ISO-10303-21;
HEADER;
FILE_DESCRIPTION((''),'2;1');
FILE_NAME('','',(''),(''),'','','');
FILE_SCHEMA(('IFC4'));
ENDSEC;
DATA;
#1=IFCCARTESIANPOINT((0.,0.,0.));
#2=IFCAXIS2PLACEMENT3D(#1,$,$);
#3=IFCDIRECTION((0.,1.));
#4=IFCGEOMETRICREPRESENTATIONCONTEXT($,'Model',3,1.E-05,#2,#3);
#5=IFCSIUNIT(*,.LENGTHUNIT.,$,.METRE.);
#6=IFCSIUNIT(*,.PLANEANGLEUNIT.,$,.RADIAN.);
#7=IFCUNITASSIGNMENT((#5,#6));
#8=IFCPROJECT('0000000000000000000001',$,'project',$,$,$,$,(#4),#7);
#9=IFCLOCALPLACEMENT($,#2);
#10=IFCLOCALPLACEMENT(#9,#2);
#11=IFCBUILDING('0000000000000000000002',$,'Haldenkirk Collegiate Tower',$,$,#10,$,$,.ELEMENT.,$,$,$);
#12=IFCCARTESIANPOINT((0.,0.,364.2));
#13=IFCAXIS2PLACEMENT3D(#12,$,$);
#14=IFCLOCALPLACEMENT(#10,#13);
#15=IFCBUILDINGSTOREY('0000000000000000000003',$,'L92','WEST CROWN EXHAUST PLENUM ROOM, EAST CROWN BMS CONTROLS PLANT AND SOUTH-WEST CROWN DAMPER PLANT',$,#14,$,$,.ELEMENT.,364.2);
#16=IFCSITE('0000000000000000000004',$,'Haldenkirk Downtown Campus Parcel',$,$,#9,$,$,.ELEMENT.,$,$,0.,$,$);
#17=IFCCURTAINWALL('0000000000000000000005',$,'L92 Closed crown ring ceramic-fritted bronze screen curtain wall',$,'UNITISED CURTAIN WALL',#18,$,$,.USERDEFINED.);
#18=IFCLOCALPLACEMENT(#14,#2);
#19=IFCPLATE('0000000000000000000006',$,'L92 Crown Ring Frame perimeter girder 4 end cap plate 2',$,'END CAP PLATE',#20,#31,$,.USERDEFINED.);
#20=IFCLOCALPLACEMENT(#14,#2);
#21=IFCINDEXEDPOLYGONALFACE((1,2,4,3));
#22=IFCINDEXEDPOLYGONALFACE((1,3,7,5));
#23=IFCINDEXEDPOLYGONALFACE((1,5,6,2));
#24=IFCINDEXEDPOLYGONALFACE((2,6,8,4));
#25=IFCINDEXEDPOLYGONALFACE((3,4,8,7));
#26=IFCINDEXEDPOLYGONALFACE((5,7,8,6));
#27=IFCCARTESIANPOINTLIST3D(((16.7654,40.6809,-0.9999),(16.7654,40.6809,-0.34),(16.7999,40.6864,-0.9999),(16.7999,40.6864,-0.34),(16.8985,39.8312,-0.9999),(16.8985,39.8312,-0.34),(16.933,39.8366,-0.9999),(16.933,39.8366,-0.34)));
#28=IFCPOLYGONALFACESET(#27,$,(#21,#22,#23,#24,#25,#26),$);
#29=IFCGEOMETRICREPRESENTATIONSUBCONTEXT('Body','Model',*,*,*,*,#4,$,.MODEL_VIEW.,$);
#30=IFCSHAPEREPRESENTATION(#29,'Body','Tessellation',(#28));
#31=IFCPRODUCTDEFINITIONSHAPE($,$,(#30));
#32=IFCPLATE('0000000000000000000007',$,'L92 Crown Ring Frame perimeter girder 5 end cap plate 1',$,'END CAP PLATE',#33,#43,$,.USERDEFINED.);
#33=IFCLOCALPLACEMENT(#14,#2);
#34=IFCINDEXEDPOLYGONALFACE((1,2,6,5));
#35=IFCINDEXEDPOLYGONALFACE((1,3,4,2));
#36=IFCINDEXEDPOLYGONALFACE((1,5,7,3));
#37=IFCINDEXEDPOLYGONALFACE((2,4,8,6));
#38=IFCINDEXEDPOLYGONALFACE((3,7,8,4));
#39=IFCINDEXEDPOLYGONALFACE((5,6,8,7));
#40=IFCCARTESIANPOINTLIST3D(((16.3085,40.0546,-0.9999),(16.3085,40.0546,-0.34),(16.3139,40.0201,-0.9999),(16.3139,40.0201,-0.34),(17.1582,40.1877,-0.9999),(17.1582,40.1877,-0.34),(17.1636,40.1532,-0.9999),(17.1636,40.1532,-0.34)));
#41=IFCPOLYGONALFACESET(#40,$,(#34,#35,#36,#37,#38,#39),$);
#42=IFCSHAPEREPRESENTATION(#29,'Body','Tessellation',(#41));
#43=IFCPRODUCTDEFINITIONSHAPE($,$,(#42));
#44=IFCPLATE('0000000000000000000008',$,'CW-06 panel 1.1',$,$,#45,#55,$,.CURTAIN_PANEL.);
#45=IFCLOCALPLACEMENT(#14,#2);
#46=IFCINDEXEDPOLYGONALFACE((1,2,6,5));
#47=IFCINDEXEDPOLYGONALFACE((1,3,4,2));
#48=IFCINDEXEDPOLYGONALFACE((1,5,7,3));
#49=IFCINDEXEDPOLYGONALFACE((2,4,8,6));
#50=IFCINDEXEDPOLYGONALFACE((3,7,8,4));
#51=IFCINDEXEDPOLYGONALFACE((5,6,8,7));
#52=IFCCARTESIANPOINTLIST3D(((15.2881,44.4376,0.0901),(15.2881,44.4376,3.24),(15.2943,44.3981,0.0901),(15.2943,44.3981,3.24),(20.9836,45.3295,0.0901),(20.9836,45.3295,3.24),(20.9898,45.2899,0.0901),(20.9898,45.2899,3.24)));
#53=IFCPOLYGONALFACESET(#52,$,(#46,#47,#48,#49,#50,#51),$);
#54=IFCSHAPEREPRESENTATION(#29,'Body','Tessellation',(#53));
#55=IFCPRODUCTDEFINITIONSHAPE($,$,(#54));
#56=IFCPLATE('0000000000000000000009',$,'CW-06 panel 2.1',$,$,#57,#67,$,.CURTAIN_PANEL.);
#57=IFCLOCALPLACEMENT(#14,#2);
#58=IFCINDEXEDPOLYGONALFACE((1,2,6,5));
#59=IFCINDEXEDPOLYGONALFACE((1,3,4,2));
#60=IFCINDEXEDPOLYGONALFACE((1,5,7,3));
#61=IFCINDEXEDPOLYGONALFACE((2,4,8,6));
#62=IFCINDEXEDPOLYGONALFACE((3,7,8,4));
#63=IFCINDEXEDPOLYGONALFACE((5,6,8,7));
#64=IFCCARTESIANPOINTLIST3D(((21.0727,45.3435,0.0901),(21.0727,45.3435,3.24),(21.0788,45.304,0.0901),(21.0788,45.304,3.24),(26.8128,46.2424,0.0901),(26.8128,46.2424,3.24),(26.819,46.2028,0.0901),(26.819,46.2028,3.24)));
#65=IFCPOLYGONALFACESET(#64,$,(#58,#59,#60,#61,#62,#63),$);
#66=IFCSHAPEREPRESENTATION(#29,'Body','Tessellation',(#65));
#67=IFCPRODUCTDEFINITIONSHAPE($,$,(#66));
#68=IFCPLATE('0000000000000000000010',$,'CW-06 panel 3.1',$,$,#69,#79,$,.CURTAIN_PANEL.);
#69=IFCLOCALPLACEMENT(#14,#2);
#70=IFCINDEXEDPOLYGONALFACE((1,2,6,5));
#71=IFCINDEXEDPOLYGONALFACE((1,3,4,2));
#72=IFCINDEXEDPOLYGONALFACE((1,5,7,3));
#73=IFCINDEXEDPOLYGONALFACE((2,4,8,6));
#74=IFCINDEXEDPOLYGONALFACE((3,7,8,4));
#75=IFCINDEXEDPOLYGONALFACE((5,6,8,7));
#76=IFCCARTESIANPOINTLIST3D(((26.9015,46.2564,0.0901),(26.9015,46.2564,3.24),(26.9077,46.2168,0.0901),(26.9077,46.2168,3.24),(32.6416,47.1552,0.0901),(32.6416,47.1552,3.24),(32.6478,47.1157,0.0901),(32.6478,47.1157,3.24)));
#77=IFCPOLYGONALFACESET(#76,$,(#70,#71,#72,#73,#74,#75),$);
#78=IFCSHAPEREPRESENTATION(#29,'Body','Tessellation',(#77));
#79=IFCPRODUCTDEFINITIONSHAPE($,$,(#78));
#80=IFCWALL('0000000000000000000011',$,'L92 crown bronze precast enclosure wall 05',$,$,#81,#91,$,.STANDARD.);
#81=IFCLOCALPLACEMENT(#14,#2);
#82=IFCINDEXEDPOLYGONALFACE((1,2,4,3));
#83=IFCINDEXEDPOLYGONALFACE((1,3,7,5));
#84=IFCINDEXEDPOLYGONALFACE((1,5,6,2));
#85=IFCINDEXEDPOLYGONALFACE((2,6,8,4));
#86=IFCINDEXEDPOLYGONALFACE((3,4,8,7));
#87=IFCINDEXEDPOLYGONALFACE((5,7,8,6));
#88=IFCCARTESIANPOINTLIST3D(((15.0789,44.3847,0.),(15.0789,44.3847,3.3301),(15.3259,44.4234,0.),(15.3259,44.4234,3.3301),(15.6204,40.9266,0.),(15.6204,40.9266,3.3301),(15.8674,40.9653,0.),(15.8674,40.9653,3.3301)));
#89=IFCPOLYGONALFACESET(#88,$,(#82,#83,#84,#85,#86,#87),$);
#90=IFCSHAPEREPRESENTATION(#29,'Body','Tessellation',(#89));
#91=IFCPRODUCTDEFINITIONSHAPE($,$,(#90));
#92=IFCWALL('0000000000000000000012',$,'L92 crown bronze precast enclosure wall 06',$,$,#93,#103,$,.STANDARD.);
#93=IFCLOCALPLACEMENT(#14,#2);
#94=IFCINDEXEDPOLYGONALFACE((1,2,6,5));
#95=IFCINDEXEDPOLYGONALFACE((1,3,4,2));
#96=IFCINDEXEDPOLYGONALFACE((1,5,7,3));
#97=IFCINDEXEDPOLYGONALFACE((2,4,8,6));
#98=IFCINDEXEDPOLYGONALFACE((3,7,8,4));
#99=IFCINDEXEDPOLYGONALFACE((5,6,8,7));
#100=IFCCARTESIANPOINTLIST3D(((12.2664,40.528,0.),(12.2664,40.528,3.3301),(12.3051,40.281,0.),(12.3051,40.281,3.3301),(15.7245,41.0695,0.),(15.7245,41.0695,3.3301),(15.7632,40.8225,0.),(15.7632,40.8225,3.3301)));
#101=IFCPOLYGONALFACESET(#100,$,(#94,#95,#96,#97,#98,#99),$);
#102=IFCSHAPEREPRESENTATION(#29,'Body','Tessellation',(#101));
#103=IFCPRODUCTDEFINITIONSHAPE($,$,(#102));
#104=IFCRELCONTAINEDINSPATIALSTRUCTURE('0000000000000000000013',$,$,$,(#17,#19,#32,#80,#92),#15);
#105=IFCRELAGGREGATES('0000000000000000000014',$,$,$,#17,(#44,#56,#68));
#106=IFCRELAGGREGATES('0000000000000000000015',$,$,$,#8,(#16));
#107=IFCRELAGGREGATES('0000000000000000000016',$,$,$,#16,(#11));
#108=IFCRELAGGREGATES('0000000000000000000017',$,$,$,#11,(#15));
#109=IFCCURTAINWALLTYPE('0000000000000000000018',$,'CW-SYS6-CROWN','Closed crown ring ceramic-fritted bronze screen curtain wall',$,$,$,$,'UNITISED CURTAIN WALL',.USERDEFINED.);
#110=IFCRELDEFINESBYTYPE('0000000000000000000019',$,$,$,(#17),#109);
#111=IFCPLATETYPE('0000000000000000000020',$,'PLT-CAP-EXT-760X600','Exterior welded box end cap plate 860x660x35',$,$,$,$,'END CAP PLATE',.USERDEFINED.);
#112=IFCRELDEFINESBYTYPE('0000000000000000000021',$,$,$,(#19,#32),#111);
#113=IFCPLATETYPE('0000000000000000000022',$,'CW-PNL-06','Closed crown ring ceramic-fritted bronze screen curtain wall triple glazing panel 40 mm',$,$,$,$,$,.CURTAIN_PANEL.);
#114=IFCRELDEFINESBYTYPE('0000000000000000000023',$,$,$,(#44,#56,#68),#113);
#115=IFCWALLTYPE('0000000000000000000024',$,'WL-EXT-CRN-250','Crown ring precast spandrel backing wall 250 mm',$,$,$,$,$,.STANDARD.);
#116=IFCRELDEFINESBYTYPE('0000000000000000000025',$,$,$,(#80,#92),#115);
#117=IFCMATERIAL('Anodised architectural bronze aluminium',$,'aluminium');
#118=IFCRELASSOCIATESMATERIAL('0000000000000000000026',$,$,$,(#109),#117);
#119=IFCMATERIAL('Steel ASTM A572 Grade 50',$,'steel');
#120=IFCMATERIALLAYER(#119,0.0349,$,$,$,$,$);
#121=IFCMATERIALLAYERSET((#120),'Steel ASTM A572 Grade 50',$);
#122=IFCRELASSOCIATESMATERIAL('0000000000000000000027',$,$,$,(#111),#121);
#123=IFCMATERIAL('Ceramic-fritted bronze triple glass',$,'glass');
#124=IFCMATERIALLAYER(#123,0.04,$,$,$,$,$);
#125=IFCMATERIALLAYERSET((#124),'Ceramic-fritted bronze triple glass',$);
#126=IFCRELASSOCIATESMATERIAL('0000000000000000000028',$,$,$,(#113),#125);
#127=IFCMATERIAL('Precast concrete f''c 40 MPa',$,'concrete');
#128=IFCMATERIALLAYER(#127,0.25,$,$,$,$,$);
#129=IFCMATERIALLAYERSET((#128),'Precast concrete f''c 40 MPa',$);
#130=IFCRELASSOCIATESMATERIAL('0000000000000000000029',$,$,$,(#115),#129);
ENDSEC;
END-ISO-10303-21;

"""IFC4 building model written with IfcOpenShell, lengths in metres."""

from ifc_helpers import new_model, si_unit, direction, frame, frame_2d, origin, origin_2d, place, context, subcontext, project, spatial, rectangle, extrude, source, transform, mapped, material, layer, layer_set, type_object, element, aggregate, save


model = new_model("IFC4")

# Units and contexts
model_context = context("Model", 3, precision=1e-05, world=origin(), true_north=direction((0.0, 1.0)))
body_context = subcontext(model_context, "Body", "Model", "MODEL_VIEW")
ifc_project = project(units=[si_unit("LENGTHUNIT", "METRE"), si_unit("PLANEANGLEUNIT", "RADIAN")], contexts=[model_context])

# Site, building, storey
site_placement = place(None, origin())
site = spatial("IfcSite", under=ifc_project, at=site_placement, Name="Haldenkirk Downtown Campus Parcel", CompositionType="ELEMENT", RefElevation=0.0)
building_placement = place(site_placement, origin())
building = spatial("IfcBuilding", under=site, at=building_placement, Name="Haldenkirk Collegiate Tower", CompositionType="ELEMENT")
storey_placement = place(building_placement, frame((0.0, 0.0, 364.2)))
storey = spatial("IfcBuildingStorey", under=building, at=storey_placement, Name="L92", Description="WEST CROWN EXHAUST PLENUM ROOM, EAST CROWN BMS CONTROLS PLANT AND SOUTH-WEST CROWN DAMPER PLANT", CompositionType="ELEMENT", Elevation=364.2)

# Shared definitions
ifc_material_1 = material(Name="Steel ASTM A572 Grade 50", Category="steel")

# Curtain wall
ifc_material_2 = material(Name="Anodised architectural bronze aluminium", Category="aluminium")
curtain_wall_type = type_object("IfcCurtainWallType", Name="CW-SYS6-CROWN", Description="Closed crown ring ceramic-fritted bronze screen curtain wall", ElementType="UNITISED CURTAIN WALL", PredefinedType="USERDEFINED", material=ifc_material_2)
curtain_wall_1_placement = place(storey_placement, origin())
curtain_wall_1 = element("IfcCurtainWall", 1, at=curtain_wall_1_placement, inside=storey, type_object=curtain_wall_type, Name="L92 Closed crown ring ceramic-fritted bronze screen curtain wall", ObjectType="UNITISED CURTAIN WALL", PredefinedType="USERDEFINED")

# Plates
ifc_layer_1 = layer(ifc_material_1, 0.0349)
ifc_layer_set_1 = layer_set([ifc_layer_1], Name="Steel ASTM A572 Grade 50")
plate_type_1 = type_object("IfcPlateType", Name="PLT-CAP-EXT-760X600", Description="Exterior welded box end cap plate 860x660x35", ElementType="END CAP PLATE", PredefinedType="USERDEFINED", material=ifc_layer_set_1)
shared_shape_1 = source(origin(), body_context, "Body", "SweptSolid", [
    extrude(rectangle(XDim=0.8601, YDim=0.6599, at=origin_2d()), origin(), (0.0, 0.0, 1.0), 0.0349),
])
for number, where, z_axis, x_axis, name in (
    (2, (16.8665, 40.2615, -0.6699), (-0.987959, -0.154713, 0.0), (0.154713, -0.987959, 0.0), "L92 Crown Ring Frame perimeter girder 4 end cap plate 2"),
    (3, (16.7388, 40.0867, -0.6699), (-0.154711, 0.98796, 0.0), (-0.98796, -0.154711, 0.0), "L92 Crown Ring Frame perimeter girder 5 end cap plate 1"),
):
    element("IfcPlate", number, at=place(storey_placement, frame(where, z_axis=z_axis, x_axis=x_axis)), inside=storey, type_object=plate_type_1, Name=name, ObjectType="END CAP PLATE", PredefinedType="USERDEFINED", context=body_context, shape_type="MappedRepresentation", body=[
        mapped(shared_shape_1, transform((0.0, 0.0, 0.0), x_axis=(1.0, 0.0, 0.0), y_axis=(0.0, 1.0, 0.0), z_axis=(0.0, 0.0, 1.0), scale=1.0)),
    ])

# Plates
ifc_material_3 = material(Name="Ceramic-fritted bronze triple glass", Category="glass")
ifc_layer_2 = layer(ifc_material_3, 0.04)
ifc_layer_set_2 = layer_set([ifc_layer_2], Name="Ceramic-fritted bronze triple glass")
plate_type_2 = type_object("IfcPlateType", Name="CW-PNL-06", Description="Closed crown ring ceramic-fritted bronze screen curtain wall triple glazing panel 40 mm", PredefinedType="CURTAIN_PANEL", material=ifc_layer_set_2)
shared_shape_2 = source(origin(), body_context, "Body", "SweptSolid", [
    extrude(rectangle(XDim=5.7649, YDim=0.04, at=origin_2d()), origin(), (0.0, 0.0, 1.0), 3.1499),
])
plate_1_placement = place(storey_placement, frame((18.1389, 44.8638, 0.0901), z_axis=(0.0, 0.0, 1.0), x_axis=(0.98796, 0.154709, 0.0)))
plate_1 = element("IfcPlate", 4, at=plate_1_placement, type_object=plate_type_2, Name="CW-06 panel 1.1", PredefinedType="CURTAIN_PANEL", context=body_context, shape_type="MappedRepresentation", body=[
    mapped(shared_shape_2, transform((0.0, 0.0, 0.0), x_axis=(1.0, 0.0, 0.0), y_axis=(0.0, 1.0, 0.0), z_axis=(0.0, 0.0, 1.0), scale=1.0)),
])
shared_shape_3 = source(origin(), body_context, "Body", "SweptSolid", [
    extrude(rectangle(XDim=5.8101, YDim=0.04, at=origin_2d()), origin(), (0.0, 0.0, 1.0), 3.1499),
])
plate_2_placement = place(storey_placement, frame((23.9458, 45.7732, 0.0901), z_axis=(0.0, 0.0, 1.0), x_axis=(0.98796, 0.154709, 0.0)))
plate_2 = element("IfcPlate", 5, at=plate_2_placement, type_object=plate_type_2, Name="CW-06 panel 2.1", PredefinedType="CURTAIN_PANEL", context=body_context, shape_type="MappedRepresentation", body=[
    mapped(shared_shape_3, transform((0.0, 0.0, 0.0), x_axis=(1.0, 0.0, 0.0), y_axis=(0.0, 1.0, 0.0), z_axis=(0.0, 0.0, 1.0), scale=1.0)),
])
plate_3_placement = place(storey_placement, frame((29.7747, 46.686, 0.0901), z_axis=(0.0, 0.0, 1.0), x_axis=(0.98796, 0.154709, 0.0)))
plate_3 = element("IfcPlate", 6, at=plate_3_placement, type_object=plate_type_2, Name="CW-06 panel 3.1", PredefinedType="CURTAIN_PANEL", context=body_context, shape_type="MappedRepresentation", body=[
    mapped(shared_shape_3, transform((0.0, 0.0, 0.0), x_axis=(1.0, 0.0, 0.0), y_axis=(0.0, 1.0, 0.0), z_axis=(0.0, 0.0, 1.0), scale=1.0)),
])
aggregate(curtain_wall_1, [plate_1, plate_2, plate_3])

# Walls
ifc_material_4 = material(Name="Precast concrete f'c 40 MPa", Category="concrete")
ifc_layer_3 = layer(ifc_material_4, 0.25)
ifc_layer_set_3 = layer_set([ifc_layer_3], Name="Precast concrete f'c 40 MPa")
wall_type = type_object("IfcWallType", Name="WL-EXT-CRN-250", Description="Crown ring precast spandrel backing wall 250 mm", PredefinedType="STANDARD", material=ifc_layer_set_3)
for number, where, z_axis, x_axis, name in (
    (7, (15.7439, 40.946, 0.0), (0.0, 0.0, 1.0), (-0.154709, 0.98796, 0.0), "L92 crown bronze precast enclosure wall 05"),
    (8, (12.2859, 40.4045, 0.0), (0.0, 0.0, 1.0), (0.98796, 0.154709, 0.0), "L92 crown bronze precast enclosure wall 06"),
):
    element("IfcWall", number, at=place(storey_placement, frame(where, z_axis=z_axis, x_axis=x_axis)), inside=storey, type_object=wall_type, Name=name, PredefinedType="STANDARD", context=body_context, shape_type="SweptSolid", body=[
        extrude(rectangle(XDim=3.5002, YDim=0.25, at=frame_2d((1.75, 0.0))), origin(), (0.0, 0.0, 1.0), 3.3301),
    ])

save(model, "model.ifc")
